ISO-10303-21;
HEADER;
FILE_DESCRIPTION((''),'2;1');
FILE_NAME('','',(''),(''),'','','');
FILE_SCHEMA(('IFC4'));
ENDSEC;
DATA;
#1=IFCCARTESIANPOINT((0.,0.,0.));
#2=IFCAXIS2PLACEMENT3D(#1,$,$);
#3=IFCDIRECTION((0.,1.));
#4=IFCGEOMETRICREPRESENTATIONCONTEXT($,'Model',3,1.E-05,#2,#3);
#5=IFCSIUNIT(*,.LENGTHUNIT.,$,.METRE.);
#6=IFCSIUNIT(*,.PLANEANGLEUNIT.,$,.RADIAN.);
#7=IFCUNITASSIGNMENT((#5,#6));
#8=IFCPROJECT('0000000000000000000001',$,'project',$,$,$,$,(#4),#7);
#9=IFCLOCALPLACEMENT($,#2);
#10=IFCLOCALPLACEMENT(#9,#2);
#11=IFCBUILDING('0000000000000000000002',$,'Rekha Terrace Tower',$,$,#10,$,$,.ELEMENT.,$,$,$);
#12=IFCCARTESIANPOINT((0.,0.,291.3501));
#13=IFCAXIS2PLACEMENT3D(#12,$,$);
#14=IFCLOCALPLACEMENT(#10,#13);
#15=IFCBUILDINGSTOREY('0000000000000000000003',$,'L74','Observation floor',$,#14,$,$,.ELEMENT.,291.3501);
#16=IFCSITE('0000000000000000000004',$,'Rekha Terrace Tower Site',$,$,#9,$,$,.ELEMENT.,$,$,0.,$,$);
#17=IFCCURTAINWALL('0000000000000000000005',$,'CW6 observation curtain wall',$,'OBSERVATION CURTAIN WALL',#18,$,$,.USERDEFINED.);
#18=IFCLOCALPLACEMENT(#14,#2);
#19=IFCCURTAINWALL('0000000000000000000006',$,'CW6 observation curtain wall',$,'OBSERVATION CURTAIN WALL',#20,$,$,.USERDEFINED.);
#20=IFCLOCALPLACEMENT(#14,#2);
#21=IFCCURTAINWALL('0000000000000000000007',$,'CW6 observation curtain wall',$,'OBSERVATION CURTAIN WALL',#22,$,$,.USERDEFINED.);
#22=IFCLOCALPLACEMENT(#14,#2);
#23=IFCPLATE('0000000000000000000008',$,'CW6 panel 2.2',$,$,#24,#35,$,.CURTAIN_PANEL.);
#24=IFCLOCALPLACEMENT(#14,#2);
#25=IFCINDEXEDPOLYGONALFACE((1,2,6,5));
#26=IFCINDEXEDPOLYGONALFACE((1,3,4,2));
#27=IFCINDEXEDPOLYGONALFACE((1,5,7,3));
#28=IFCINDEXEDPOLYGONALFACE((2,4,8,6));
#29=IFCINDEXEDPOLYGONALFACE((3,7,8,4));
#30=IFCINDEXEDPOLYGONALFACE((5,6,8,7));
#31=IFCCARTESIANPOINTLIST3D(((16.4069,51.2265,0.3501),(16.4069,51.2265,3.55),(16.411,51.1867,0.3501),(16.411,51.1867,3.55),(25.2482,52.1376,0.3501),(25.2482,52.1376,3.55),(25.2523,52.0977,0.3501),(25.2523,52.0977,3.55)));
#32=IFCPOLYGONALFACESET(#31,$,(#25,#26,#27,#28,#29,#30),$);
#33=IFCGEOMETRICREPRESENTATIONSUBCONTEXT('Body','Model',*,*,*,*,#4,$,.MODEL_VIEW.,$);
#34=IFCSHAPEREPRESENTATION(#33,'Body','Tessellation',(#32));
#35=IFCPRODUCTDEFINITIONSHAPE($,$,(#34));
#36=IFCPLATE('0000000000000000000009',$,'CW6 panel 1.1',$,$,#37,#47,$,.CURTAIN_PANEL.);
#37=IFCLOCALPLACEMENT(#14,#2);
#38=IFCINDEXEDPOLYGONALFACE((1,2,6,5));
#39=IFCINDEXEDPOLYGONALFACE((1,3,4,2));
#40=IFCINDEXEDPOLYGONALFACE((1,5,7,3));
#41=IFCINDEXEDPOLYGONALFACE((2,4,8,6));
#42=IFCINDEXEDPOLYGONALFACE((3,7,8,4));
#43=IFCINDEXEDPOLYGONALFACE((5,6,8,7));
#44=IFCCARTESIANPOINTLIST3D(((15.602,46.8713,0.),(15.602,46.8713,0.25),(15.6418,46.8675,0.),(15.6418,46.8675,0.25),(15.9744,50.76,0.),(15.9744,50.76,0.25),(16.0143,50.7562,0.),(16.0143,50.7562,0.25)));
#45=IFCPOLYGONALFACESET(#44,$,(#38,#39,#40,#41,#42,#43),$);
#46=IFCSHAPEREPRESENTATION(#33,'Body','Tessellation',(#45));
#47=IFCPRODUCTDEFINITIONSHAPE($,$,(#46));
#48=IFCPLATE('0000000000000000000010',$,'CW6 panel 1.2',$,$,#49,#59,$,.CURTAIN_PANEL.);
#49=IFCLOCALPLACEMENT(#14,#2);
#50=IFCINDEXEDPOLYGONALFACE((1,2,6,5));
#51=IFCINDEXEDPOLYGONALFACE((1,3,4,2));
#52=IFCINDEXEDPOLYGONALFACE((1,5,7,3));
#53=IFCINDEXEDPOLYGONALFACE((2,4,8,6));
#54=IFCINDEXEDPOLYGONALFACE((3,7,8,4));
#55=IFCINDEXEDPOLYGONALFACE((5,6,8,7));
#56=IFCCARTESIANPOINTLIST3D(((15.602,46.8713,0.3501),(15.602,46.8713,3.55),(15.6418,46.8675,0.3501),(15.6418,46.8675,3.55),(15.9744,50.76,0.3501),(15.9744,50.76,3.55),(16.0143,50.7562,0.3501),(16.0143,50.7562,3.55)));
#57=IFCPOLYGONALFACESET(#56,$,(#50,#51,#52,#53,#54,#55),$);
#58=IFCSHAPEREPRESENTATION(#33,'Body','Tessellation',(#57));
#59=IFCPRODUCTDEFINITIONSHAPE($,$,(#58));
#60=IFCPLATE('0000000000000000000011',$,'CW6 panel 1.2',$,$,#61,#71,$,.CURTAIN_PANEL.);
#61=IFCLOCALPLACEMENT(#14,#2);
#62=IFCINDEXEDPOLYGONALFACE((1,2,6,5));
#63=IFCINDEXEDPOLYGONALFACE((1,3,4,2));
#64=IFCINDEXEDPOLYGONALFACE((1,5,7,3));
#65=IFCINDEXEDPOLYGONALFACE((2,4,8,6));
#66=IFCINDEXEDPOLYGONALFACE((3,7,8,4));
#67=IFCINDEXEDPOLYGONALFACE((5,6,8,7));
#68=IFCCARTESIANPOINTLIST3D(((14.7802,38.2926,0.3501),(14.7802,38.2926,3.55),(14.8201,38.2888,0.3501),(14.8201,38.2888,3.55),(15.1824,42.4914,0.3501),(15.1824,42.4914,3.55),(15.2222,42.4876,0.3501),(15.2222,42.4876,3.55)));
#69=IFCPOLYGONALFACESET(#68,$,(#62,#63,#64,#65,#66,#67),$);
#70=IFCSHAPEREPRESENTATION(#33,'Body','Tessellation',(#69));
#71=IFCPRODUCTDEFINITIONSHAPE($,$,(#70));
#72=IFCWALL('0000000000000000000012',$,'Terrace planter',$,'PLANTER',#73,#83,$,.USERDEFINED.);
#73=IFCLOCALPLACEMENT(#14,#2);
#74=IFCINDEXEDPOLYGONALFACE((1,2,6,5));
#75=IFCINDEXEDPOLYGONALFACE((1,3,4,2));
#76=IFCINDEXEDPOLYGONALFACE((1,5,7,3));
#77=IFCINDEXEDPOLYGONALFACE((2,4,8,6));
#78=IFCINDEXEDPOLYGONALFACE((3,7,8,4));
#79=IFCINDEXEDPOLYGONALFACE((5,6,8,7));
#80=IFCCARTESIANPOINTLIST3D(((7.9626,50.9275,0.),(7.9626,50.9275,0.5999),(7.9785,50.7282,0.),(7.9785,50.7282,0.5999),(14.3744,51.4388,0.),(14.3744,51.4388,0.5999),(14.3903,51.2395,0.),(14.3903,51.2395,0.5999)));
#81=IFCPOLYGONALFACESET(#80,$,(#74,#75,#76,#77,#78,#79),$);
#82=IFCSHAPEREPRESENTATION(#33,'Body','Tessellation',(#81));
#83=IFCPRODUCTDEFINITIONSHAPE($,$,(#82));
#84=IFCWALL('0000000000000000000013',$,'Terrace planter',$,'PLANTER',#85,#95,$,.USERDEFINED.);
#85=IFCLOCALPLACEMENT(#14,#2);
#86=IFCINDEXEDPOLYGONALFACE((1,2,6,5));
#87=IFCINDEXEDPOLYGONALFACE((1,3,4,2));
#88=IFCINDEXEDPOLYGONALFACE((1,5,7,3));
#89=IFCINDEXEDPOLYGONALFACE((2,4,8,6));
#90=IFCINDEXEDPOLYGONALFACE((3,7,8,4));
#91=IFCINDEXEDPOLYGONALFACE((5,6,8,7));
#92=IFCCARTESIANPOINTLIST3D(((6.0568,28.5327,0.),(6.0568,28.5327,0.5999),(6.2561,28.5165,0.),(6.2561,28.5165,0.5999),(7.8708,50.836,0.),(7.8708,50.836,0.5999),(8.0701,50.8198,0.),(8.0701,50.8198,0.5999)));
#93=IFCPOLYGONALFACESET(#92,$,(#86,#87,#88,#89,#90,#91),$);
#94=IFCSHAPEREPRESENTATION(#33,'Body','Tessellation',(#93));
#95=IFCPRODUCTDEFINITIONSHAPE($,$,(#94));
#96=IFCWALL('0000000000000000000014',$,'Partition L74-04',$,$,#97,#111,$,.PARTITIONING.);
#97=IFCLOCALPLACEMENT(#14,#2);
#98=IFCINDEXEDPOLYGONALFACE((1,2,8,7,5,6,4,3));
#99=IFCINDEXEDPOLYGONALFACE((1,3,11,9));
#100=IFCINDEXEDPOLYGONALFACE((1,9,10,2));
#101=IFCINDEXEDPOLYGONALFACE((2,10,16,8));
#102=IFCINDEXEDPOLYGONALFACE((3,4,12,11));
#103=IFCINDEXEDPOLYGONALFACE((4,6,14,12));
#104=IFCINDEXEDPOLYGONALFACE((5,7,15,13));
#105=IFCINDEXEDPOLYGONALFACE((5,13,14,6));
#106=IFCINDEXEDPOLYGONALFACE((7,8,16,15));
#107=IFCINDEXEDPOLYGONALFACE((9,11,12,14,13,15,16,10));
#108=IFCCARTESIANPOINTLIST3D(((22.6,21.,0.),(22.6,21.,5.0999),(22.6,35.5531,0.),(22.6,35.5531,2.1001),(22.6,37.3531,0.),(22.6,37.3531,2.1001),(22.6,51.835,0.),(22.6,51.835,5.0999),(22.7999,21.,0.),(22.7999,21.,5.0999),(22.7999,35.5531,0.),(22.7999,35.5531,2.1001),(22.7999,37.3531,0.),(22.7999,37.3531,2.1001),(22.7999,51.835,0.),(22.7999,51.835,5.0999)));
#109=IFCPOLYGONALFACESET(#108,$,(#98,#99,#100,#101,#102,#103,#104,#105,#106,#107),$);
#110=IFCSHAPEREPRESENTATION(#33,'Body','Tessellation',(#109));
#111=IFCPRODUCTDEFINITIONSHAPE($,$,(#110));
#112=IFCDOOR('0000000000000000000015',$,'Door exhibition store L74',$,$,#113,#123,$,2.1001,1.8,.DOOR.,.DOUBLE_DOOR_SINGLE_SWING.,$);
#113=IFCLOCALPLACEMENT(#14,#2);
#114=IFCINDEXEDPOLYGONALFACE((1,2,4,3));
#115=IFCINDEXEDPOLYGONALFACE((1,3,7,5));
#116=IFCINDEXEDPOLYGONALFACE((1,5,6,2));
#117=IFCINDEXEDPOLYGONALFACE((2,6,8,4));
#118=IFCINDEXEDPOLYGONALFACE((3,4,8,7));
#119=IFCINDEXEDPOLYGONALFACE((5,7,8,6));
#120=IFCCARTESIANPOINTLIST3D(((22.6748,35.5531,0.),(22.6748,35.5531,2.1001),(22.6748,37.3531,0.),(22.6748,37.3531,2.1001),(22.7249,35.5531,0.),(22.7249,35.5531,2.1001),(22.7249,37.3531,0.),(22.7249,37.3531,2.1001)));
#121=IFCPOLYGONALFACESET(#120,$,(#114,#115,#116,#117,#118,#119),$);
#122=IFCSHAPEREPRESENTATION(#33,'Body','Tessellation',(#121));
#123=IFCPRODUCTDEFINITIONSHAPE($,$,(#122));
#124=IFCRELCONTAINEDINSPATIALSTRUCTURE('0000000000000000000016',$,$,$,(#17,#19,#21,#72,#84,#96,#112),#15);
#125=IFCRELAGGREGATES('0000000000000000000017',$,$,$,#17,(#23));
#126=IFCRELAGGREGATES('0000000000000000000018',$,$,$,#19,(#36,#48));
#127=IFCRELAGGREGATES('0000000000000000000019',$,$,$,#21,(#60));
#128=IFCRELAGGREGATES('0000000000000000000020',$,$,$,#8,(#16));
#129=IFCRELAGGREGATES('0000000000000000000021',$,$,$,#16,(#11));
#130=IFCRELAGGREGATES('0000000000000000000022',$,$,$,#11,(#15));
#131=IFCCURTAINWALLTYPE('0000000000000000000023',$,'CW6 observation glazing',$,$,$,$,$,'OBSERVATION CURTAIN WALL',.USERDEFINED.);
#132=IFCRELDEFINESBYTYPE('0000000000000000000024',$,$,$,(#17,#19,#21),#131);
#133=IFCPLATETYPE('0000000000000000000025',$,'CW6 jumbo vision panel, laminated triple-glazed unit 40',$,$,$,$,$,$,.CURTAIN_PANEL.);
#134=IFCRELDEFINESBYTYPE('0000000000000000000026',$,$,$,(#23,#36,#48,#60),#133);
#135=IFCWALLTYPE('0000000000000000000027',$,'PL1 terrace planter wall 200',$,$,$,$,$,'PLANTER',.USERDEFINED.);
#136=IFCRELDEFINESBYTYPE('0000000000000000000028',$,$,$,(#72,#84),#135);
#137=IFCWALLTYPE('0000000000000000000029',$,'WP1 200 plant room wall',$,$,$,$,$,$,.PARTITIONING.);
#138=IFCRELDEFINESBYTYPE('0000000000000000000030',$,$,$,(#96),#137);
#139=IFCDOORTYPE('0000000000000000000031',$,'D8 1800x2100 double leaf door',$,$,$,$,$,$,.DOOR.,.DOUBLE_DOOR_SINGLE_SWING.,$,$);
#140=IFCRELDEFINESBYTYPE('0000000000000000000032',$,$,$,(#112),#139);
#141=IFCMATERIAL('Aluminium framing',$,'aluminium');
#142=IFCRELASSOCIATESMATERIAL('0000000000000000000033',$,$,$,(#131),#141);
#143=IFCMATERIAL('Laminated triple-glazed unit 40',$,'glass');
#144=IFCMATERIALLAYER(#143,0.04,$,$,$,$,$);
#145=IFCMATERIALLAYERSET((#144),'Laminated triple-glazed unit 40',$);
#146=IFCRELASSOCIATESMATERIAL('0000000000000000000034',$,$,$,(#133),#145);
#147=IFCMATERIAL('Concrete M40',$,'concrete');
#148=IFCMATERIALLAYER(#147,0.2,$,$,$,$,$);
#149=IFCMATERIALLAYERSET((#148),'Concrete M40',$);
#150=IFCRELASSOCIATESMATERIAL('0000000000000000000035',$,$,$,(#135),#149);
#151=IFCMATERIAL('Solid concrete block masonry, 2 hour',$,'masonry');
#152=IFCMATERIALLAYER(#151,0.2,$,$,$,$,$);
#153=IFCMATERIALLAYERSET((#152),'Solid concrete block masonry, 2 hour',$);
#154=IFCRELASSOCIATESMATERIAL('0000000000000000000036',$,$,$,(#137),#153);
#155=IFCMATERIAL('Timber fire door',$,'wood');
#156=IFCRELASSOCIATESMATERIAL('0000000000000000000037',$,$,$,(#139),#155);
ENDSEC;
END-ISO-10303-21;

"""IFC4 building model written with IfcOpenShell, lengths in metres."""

from ifc_helpers import new_model, si_unit, direction, frame, frame_2d, origin, origin_2d, place, context, subcontext, project, spatial, rectangle, extrude, material, layer, layer_set, type_object, element, fill, aggregate, save


model = new_model("IFC4")

# Units and contexts
model_context = context("Model", 3, precision=1e-05, world=origin(), true_north=direction((0.0, 1.0)))
body_context = subcontext(model_context, "Body", "Model", "MODEL_VIEW")
ifc_project = project(units=[si_unit("LENGTHUNIT", "METRE"), si_unit("PLANEANGLEUNIT", "RADIAN")], contexts=[model_context])

# Site, building, storey
site_placement = place(None, origin())
site = spatial("IfcSite", under=ifc_project, at=site_placement, Name="Rekha Terrace Tower Site", CompositionType="ELEMENT", RefElevation=0.0)
building_placement = place(site_placement, origin())
building = spatial("IfcBuilding", under=site, at=building_placement, Name="Rekha Terrace Tower", CompositionType="ELEMENT")
storey_placement = place(building_placement, frame((0.0, 0.0, 291.3501)))
storey = spatial("IfcBuildingStorey", under=building, at=storey_placement, Name="L74", Description="Observation floor", CompositionType="ELEMENT", Elevation=291.3501)

# Curtain wall
ifc_material_1 = material(Name="Aluminium framing", Category="aluminium")
curtain_wall_type = type_object("IfcCurtainWallType", Name="CW6 observation glazing", ElementType="OBSERVATION CURTAIN WALL", PredefinedType="USERDEFINED", material=ifc_material_1)
curtain_wall_1_placement = place(storey_placement, origin())
curtain_wall_1 = element("IfcCurtainWall", 1, at=curtain_wall_1_placement, inside=storey, type_object=curtain_wall_type, Name="CW6 observation curtain wall", ObjectType="OBSERVATION CURTAIN WALL", PredefinedType="USERDEFINED")

# Curtain wall
curtain_wall_2_placement = place(storey_placement, origin())
curtain_wall_2 = element("IfcCurtainWall", 2, at=curtain_wall_2_placement, inside=storey, type_object=curtain_wall_type, Name="CW6 observation curtain wall", ObjectType="OBSERVATION CURTAIN WALL", PredefinedType="USERDEFINED")

# Curtain wall
curtain_wall_3_placement = place(storey_placement, origin())
curtain_wall_3 = element("IfcCurtainWall", 3, at=curtain_wall_3_placement, inside=storey, type_object=curtain_wall_type, Name="CW6 observation curtain wall", ObjectType="OBSERVATION CURTAIN WALL", PredefinedType="USERDEFINED")

# Plates
ifc_material_2 = material(Name="Laminated triple-glazed unit 40", Category="glass")
ifc_layer_1 = layer(ifc_material_2, 0.04)
ifc_layer_set_1 = layer_set([ifc_layer_1], Name="Laminated triple-glazed unit 40")
plate_type = type_object("IfcPlateType", Name="CW6 jumbo vision panel, laminated triple-glazed unit 40", PredefinedType="CURTAIN_PANEL", material=ifc_layer_set_1)
plate_1_placement = place(storey_placement, frame((20.8296, 51.6621, 0.3501), z_axis=(0.0, 0.0, 1.0), x_axis=(-0.994732, -0.102505, 0.0)))
plate_1 = element("IfcPlate", 4, at=plate_1_placement, type_object=plate_type, Name="CW6 panel 2.2", PredefinedType="CURTAIN_PANEL", context=body_context, shape_type="SweptSolid", body=[
    extrude(rectangle(XDim=8.8882, YDim=0.04, at=origin_2d()), origin(), (0.0, 0.0, 1.0), 3.2),
])
aggregate(curtain_wall_1, [plate_1])
plate_2_placement = place(storey_placement, frame((15.8081, 48.8137, 0.0), z_axis=(0.0, 0.0, 1.0), x_axis=(-0.095338, -0.995445, 0.0)))
plate_2 = element("IfcPlate", 5, at=plate_2_placement, type_object=plate_type, Name="CW6 panel 1.1", PredefinedType="CURTAIN_PANEL", context=body_context, shape_type="SweptSolid", body=[
    extrude(rectangle(XDim=3.9065, YDim=0.04, at=origin_2d()), origin(), (0.0, 0.0, 1.0), 0.25),
])
plate_3_placement = place(storey_placement, frame((15.8081, 48.8137, 0.3501), z_axis=(0.0, 0.0, 1.0), x_axis=(-0.095338, -0.995445, 0.0)))
plate_3 = element("IfcPlate", 6, at=plate_3_placement, type_object=plate_type, Name="CW6 panel 1.2", PredefinedType="CURTAIN_PANEL", context=body_context, shape_type="SweptSolid", body=[
    extrude(rectangle(XDim=3.9065, YDim=0.04, at=origin_2d()), origin(), (0.0, 0.0, 1.0), 3.2),
])
aggregate(curtain_wall_2, [plate_2, plate_3])
plate_4_placement = place(storey_placement, frame((15.0012, 40.3901, 0.3501), z_axis=(0.0, 0.0, 1.0), x_axis=(-0.095338, -0.995445, 0.0)))
plate_4 = element("IfcPlate", 7, at=plate_4_placement, type_object=plate_type, Name="CW6 panel 1.2", PredefinedType="CURTAIN_PANEL", context=body_context, shape_type="SweptSolid", body=[
    extrude(rectangle(XDim=4.218, YDim=0.04, at=origin_2d()), origin(), (0.0, 0.0, 1.0), 3.2),
])
aggregate(curtain_wall_3, [plate_4])

# Walls
ifc_material_3 = material(Name="Concrete M40", Category="concrete")
ifc_layer_2 = layer(ifc_material_3, 0.2)
ifc_layer_set_2 = layer_set([ifc_layer_2], Name="Concrete M40")
wall_type_1 = type_object("IfcWallType", Name="PL1 terrace planter wall 200", ElementType="PLANTER", PredefinedType="USERDEFINED", material=ifc_layer_set_2)
wall_1_placement = place(storey_placement, frame((14.3823, 51.3391, 0.0), z_axis=(0.0, 0.0, 1.0), x_axis=(-0.996836, -0.07948, 0.0)))
element("IfcWall", 8, at=wall_1_placement, inside=storey, type_object=wall_type_1, Name="Terrace planter", ObjectType="PLANTER", PredefinedType="USERDEFINED", context=body_context, shape_type="SweptSolid", body=[
    extrude(rectangle(XDim=6.4321, YDim=0.2, at=frame_2d((3.2161, 0.0))), origin(), (0.0, 0.0, 1.0), 0.5999),
])
wall_2_placement = place(storey_placement, frame((7.9705, 50.8279, 0.0), z_axis=(0.0, 0.0, 1.0), x_axis=(-0.081064, -0.996709, 0.0)))
element("IfcWall", 9, at=wall_2_placement, inside=storey, type_object=wall_type_1, Name="Terrace planter", ObjectType="PLANTER", PredefinedType="USERDEFINED", context=body_context, shape_type="SweptSolid", body=[
    extrude(rectangle(XDim=22.377, YDim=0.2, at=frame_2d((11.1885, 0.0))), origin(), (0.0, 0.0, 1.0), 0.5999),
])

# Wall, opening, door
ifc_material_4 = material(Name="Solid concrete block masonry, 2 hour", Category="masonry")
ifc_layer_3 = layer(ifc_material_4, 0.2)
ifc_layer_set_3 = layer_set([ifc_layer_3], Name="Solid concrete block masonry, 2 hour")
wall_type_2 = type_object("IfcWallType", Name="WP1 200 plant room wall", PredefinedType="PARTITIONING", material=ifc_layer_set_3)
wall_3_placement = place(storey_placement, frame((22.7, 51.835, 0.0), z_axis=(0.0, 0.0, 1.0), x_axis=(0.0, -1.0, 0.0)))
wall_3 = element("IfcWall", 10, at=wall_3_placement, inside=storey, type_object=wall_type_2, Name="Partition L74-04", PredefinedType="PARTITIONING", context=body_context, shape_type="SweptSolid", body=[
    extrude(rectangle(XDim=30.835, YDim=0.2, at=frame_2d((15.4175, 0.0))), origin(), (0.0, 0.0, 1.0), 5.0999),
])
opening_1_placement = place(wall_3_placement, frame((14.4819, 0.0, 0.0)))
opening_1 = element("IfcOpeningElement", 11, at=opening_1_placement, cuts=wall_3, PredefinedType="OPENING", context=body_context, shape_type="SweptSolid", body=[
    extrude(rectangle(XDim=1.8, YDim=2.1001, at=frame_2d((0.8999, 1.05))), frame((0.0, 0.1099, 0.0), z_axis=(0.0, -1.0, 0.0), x_axis=(1.0, 0.0, 0.0)), (0.0, 0.0, 1.0), 0.22),
])
ifc_material_5 = material(Name="Timber fire door", Category="wood")
door_type_1 = type_object("IfcDoorType", Name="D8 1800x2100 double leaf door", OperationType="DOUBLE_DOOR_SINGLE_SWING", PredefinedType="DOOR", material=ifc_material_5)
door_1_placement = place(opening_1_placement, origin())
door_1 = element("IfcDoor", 12, at=door_1_placement, inside=storey, type_object=door_type_1, Name="Door exhibition store L74", OperationType="DOUBLE_DOOR_SINGLE_SWING", OverallHeight=2.1001, OverallWidth=1.8, PredefinedType="DOOR", context=body_context, shape_type="SweptSolid", body=[
    extrude(rectangle(XDim=1.8, YDim=2.1001, at=frame_2d((0.8999, 1.05))), frame((0.0, 0.0249, 0.0), z_axis=(0.0, -1.0, 0.0), x_axis=(1.0, 0.0, 0.0)), (0.0, 0.0, 1.0), 0.05),
])
fill(opening_1, door_1)

save(model, "model.ifc")
